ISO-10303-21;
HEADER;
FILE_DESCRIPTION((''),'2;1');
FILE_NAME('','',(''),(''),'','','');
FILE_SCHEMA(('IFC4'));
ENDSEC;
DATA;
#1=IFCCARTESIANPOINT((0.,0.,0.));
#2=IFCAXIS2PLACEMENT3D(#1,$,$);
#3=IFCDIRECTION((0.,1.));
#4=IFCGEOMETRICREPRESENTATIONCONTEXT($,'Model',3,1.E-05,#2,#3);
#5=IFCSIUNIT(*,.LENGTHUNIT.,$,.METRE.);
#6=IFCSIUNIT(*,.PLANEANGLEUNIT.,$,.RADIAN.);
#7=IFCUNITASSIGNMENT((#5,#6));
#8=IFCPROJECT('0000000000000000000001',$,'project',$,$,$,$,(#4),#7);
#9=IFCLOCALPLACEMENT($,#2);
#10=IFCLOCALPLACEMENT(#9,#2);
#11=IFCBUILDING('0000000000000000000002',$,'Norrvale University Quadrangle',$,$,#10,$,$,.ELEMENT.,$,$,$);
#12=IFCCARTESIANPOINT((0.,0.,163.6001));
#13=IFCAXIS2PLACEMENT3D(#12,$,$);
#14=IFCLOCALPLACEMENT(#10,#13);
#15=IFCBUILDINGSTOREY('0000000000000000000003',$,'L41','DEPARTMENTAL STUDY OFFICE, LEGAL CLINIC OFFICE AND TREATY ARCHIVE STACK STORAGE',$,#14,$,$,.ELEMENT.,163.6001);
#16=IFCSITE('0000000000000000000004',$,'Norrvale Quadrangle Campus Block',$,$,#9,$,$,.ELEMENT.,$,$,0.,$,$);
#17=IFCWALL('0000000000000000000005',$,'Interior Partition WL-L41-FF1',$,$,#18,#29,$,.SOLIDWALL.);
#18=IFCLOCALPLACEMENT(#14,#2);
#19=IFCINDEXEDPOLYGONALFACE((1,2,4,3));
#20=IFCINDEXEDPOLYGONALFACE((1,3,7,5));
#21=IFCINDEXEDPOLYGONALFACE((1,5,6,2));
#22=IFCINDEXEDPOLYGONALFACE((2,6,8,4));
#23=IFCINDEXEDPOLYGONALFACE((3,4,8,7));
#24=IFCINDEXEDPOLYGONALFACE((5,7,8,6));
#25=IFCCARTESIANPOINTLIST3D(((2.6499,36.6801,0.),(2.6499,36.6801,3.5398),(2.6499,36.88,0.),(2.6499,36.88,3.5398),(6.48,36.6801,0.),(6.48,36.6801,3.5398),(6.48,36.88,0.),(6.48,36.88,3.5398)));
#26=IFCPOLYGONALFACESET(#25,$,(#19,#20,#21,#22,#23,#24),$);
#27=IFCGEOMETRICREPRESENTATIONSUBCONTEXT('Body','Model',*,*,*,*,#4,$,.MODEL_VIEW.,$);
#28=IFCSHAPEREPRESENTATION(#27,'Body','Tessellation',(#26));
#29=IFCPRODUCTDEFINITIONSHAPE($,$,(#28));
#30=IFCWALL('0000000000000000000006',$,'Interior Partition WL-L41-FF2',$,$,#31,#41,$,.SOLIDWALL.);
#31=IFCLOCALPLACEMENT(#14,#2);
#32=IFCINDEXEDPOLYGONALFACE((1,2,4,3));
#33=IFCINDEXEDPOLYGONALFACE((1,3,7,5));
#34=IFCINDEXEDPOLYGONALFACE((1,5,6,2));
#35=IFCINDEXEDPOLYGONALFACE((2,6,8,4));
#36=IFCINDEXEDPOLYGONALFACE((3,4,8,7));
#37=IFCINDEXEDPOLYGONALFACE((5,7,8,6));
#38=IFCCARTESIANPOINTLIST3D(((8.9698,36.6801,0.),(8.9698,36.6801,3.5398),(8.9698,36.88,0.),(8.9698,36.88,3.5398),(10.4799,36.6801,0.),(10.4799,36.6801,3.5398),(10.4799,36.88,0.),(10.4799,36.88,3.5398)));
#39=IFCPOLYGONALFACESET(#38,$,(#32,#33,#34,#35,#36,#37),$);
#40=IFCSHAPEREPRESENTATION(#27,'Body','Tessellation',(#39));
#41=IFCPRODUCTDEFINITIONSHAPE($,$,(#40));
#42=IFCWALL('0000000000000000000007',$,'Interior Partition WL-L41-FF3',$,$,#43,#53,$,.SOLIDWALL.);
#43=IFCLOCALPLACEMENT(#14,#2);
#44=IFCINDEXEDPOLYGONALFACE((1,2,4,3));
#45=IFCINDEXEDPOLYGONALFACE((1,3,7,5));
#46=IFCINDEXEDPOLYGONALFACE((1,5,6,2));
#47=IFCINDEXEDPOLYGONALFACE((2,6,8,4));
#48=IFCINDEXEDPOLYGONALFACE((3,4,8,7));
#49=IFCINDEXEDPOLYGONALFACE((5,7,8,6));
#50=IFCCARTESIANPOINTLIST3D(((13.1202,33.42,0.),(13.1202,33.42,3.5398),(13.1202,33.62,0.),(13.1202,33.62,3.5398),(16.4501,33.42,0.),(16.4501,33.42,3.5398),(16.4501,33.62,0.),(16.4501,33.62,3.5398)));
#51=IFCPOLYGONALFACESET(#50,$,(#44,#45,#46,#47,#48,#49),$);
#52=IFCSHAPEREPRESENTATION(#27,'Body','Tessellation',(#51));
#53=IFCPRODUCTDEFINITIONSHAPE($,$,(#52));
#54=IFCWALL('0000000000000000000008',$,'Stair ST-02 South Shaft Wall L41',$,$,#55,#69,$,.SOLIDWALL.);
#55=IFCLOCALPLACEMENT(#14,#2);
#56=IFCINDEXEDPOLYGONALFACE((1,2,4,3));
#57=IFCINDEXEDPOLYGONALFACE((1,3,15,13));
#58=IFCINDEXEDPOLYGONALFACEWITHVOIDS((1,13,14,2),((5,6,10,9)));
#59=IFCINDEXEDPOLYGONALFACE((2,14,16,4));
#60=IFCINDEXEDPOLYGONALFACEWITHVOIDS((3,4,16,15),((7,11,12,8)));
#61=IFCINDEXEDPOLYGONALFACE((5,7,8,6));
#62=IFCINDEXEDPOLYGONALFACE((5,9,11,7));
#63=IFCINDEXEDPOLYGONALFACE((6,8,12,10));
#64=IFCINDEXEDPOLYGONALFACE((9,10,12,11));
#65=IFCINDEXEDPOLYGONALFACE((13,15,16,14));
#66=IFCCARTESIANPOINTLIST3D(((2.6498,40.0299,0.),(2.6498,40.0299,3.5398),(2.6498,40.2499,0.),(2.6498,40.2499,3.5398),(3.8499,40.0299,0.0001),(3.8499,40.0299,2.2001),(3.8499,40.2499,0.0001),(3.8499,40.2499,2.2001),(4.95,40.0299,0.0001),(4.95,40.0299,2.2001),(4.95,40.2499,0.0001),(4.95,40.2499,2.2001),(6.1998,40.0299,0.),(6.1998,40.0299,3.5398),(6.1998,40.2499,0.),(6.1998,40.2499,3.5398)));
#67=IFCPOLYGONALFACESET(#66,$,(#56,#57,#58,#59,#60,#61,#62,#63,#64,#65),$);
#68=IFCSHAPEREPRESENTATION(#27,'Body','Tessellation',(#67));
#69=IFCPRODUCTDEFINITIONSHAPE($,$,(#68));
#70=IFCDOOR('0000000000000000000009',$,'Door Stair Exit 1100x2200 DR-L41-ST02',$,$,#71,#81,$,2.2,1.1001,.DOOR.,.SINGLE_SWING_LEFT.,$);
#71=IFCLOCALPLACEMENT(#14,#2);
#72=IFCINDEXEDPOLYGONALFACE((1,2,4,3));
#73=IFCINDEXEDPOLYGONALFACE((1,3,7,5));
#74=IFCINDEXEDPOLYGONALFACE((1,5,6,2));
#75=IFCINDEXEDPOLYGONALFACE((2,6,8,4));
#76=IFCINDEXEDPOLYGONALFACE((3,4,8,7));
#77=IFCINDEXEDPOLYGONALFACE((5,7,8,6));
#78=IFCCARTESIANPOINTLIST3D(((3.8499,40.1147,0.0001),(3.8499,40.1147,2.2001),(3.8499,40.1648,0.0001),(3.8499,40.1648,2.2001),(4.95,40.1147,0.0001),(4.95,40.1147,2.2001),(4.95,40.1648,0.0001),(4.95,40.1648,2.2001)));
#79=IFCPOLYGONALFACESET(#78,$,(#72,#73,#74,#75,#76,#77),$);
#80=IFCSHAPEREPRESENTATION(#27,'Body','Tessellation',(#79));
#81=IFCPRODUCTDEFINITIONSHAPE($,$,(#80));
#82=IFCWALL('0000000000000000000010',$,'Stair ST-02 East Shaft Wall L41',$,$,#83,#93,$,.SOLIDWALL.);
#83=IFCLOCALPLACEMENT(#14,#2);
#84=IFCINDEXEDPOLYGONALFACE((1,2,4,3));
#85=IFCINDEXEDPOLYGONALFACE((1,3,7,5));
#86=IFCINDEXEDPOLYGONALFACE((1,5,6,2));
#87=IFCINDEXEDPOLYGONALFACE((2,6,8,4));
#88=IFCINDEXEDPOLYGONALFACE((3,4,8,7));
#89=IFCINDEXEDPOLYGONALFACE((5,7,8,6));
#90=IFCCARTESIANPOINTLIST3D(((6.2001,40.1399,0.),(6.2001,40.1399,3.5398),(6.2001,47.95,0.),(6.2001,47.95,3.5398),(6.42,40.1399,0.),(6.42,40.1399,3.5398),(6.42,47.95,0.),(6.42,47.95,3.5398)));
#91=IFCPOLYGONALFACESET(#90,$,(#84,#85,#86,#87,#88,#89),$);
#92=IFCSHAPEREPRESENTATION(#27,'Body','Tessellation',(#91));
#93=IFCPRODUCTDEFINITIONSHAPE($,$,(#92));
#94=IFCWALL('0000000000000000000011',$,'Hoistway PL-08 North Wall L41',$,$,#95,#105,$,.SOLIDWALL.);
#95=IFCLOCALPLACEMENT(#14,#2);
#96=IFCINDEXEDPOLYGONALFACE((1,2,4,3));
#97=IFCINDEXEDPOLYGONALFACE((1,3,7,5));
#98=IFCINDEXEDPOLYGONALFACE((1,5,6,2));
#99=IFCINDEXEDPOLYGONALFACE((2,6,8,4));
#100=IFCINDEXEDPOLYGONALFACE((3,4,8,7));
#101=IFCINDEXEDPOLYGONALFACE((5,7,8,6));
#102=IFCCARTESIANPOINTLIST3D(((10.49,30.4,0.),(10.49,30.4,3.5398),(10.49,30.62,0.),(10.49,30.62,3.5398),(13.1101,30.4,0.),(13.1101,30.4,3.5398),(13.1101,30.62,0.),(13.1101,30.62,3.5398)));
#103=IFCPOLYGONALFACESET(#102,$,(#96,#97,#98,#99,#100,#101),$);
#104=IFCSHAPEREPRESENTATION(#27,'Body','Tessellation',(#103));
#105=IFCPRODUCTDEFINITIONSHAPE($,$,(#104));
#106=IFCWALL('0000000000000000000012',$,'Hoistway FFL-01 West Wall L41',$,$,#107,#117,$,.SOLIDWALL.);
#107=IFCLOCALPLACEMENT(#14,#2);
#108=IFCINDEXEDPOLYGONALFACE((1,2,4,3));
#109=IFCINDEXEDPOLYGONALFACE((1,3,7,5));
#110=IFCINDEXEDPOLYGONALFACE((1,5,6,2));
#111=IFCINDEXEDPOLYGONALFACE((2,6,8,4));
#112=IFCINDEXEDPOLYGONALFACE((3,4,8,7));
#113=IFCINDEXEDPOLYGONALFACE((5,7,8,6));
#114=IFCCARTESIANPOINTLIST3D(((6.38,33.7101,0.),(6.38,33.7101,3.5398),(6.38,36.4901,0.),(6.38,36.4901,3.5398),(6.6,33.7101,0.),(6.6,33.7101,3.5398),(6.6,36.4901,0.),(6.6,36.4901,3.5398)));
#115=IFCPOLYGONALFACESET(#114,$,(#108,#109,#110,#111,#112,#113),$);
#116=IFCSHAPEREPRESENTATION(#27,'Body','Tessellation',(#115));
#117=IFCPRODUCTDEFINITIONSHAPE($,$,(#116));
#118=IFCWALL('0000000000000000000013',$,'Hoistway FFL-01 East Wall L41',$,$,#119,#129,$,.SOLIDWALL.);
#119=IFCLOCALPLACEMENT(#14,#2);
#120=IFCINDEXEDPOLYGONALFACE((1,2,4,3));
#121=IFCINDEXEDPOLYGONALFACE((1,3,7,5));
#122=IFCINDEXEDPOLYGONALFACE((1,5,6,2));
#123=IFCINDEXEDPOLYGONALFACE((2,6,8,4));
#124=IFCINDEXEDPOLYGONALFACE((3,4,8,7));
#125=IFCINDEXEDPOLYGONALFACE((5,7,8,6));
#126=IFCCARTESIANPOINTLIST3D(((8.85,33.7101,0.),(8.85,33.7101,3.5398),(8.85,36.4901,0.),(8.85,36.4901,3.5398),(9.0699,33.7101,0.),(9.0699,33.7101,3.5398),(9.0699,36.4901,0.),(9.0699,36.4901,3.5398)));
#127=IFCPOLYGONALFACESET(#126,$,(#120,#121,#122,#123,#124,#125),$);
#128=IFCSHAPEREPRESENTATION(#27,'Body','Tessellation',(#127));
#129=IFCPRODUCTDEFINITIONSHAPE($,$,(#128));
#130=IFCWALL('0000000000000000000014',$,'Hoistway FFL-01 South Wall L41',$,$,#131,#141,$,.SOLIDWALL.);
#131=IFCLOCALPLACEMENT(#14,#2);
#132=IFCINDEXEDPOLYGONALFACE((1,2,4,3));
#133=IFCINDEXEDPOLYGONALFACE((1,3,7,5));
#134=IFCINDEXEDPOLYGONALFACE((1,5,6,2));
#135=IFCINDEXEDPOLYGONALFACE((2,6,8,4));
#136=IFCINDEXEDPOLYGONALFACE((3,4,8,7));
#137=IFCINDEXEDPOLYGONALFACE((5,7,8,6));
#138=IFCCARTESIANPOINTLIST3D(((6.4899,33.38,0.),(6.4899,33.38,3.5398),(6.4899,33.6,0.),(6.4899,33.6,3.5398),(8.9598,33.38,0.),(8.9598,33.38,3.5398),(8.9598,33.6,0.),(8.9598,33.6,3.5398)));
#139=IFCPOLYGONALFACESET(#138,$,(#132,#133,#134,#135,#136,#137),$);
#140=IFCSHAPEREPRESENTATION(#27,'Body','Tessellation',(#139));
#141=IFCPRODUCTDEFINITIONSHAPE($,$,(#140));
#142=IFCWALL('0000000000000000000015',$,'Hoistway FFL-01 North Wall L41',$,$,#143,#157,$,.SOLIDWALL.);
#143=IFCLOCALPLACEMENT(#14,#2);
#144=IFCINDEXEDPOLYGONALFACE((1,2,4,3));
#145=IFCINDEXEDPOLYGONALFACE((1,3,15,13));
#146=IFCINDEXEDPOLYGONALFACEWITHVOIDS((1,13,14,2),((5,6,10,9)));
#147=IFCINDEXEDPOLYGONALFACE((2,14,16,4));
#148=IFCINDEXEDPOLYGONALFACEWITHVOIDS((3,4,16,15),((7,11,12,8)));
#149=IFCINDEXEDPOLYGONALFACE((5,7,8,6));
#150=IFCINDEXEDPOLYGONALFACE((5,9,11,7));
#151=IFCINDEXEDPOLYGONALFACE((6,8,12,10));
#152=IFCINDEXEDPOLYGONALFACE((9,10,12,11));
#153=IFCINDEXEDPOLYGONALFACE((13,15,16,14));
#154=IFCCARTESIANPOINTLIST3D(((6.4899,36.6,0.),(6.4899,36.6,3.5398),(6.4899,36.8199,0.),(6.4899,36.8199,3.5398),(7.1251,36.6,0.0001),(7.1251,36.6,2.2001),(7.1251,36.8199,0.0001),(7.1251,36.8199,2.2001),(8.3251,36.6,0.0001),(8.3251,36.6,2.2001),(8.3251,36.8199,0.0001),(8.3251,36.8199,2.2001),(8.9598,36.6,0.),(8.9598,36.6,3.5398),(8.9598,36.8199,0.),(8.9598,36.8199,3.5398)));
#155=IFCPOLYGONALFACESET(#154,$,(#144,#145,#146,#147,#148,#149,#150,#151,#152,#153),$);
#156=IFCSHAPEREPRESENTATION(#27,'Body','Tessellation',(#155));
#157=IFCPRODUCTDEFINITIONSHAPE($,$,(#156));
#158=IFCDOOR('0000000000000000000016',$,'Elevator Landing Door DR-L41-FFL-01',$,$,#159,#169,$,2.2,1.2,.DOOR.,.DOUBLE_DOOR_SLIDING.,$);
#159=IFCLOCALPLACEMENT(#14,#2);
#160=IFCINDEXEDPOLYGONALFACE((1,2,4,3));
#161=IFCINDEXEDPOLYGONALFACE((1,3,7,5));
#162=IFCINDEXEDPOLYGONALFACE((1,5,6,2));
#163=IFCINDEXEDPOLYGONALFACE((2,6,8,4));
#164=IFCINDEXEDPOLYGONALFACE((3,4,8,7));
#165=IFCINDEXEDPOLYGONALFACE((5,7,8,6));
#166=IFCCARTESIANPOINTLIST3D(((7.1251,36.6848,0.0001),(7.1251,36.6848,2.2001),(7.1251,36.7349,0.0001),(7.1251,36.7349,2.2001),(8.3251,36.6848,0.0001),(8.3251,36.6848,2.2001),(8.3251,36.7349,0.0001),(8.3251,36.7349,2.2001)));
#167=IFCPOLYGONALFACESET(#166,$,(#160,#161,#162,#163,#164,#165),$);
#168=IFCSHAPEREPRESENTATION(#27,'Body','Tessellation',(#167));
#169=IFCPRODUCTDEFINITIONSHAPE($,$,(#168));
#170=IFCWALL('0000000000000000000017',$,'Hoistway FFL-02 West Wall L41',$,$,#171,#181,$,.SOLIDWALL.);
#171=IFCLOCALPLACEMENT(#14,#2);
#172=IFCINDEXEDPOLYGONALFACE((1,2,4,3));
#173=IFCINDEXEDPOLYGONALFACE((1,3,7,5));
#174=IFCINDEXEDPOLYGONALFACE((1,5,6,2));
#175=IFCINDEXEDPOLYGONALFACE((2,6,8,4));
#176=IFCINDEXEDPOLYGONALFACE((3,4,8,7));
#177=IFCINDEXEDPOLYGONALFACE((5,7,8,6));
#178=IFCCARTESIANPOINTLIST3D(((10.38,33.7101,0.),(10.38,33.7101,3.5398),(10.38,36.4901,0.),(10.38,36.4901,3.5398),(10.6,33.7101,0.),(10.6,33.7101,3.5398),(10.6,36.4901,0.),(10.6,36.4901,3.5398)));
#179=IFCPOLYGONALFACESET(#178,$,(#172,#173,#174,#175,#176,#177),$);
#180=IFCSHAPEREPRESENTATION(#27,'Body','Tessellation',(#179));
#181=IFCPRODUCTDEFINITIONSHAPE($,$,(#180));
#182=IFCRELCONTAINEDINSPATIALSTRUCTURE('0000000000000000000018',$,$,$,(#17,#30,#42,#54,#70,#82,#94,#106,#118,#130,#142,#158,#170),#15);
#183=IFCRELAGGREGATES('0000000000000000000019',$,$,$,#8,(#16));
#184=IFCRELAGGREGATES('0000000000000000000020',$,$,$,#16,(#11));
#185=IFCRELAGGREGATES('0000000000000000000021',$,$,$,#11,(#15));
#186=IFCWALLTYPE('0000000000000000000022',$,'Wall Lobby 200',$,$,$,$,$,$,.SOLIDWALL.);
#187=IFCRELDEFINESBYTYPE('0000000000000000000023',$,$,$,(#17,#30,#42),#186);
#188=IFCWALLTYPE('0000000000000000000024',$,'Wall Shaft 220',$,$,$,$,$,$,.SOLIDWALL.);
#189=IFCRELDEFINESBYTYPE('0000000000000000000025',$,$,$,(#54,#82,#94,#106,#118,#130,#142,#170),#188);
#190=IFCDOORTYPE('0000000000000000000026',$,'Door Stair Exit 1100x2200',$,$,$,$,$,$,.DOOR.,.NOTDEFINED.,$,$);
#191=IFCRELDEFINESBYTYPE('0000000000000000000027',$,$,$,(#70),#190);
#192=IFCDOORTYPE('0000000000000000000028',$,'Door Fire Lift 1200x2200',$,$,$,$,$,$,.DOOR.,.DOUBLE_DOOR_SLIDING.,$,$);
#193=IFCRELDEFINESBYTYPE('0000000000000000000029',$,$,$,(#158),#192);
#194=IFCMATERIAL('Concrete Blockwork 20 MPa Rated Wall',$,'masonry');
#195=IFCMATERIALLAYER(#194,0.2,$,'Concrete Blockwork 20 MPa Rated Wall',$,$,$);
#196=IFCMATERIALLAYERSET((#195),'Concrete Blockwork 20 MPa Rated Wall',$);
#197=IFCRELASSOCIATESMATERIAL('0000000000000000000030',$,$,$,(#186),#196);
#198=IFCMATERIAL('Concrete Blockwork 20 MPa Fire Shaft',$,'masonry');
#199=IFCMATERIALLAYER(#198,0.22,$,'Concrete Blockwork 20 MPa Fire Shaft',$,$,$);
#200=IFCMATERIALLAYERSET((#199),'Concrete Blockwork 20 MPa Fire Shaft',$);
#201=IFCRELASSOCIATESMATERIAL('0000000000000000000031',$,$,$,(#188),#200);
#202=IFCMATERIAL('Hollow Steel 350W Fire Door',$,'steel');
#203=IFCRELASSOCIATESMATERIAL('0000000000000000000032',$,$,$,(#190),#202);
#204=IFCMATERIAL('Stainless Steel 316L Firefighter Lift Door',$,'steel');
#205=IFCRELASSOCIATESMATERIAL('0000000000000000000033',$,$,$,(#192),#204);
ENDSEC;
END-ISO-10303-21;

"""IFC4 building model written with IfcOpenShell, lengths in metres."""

from ifc_helpers import new_model, si_unit, direction, frame, frame_2d, origin, place, context, subcontext, project, spatial, rectangle, extrude, material, layer, layer_set, type_object, element, fill, save


model = new_model("IFC4")

# Units and contexts
model_context = context("Model", 3, precision=1e-05, world=origin(), true_north=direction((0.0, 1.0)))
body_context = subcontext(model_context, "Body", "Model", "MODEL_VIEW")
ifc_project = project(units=[si_unit("LENGTHUNIT", "METRE"), si_unit("PLANEANGLEUNIT", "RADIAN")], contexts=[model_context])

# Site, building, storey
site_placement = place(None, origin())
site = spatial("IfcSite", under=ifc_project, at=site_placement, Name="Norrvale Quadrangle Campus Block", CompositionType="ELEMENT", RefElevation=0.0)
building_placement = place(site_placement, origin())
building = spatial("IfcBuilding", under=site, at=building_placement, Name="Norrvale University Quadrangle", CompositionType="ELEMENT")
storey_placement = place(building_placement, frame((0.0, 0.0, 163.6001)))
storey = spatial("IfcBuildingStorey", under=building, at=storey_placement, Name="L41", Description="DEPARTMENTAL STUDY OFFICE, LEGAL CLINIC OFFICE AND TREATY ARCHIVE STACK STORAGE", CompositionType="ELEMENT", Elevation=163.6001)

# Walls
ifc_material_1 = material(Name="Concrete Blockwork 20 MPa Rated Wall", Category="masonry")
ifc_layer_1 = layer(ifc_material_1, 0.2, Name="Concrete Blockwork 20 MPa Rated Wall")
ifc_layer_set_1 = layer_set([ifc_layer_1], Name="Concrete Blockwork 20 MPa Rated Wall")
wall_type_1 = type_object("IfcWallType", Name="Wall Lobby 200", PredefinedType="SOLIDWALL", material=ifc_layer_set_1)
wall_1_placement = place(storey_placement, frame((2.6499, 36.78, 0.0), z_axis=(0.0, 0.0, 1.0), x_axis=(1.0, 0.0, 0.0)))
element("IfcWall", 1, at=wall_1_placement, inside=storey, type_object=wall_type_1, Name="Interior Partition WL-L41-FF1", PredefinedType="SOLIDWALL", context=body_context, shape_type="SweptSolid", body=[
    extrude(rectangle(XDim=3.8301, YDim=0.2, at=frame_2d((1.915, 0.0))), origin(), (0.0, 0.0, 1.0), 3.5398),
])
wall_2_placement = place(storey_placement, frame((8.97, 36.78, 0.0), z_axis=(0.0, 0.0, 1.0), x_axis=(1.0, 0.0, 0.0)))
element("IfcWall", 2, at=wall_2_placement, inside=storey, type_object=wall_type_1, Name="Interior Partition WL-L41-FF2", PredefinedType="SOLIDWALL", context=body_context, shape_type="SweptSolid", body=[
    extrude(rectangle(XDim=1.51, YDim=0.2, at=frame_2d((0.7549, 0.0))), origin(), (0.0, 0.0, 1.0), 3.5398),
])
wall_3_placement = place(storey_placement, frame((13.1201, 33.52, 0.0), z_axis=(0.0, 0.0, 1.0), x_axis=(1.0, 0.0, 0.0)))
element("IfcWall", 3, at=wall_3_placement, inside=storey, type_object=wall_type_1, Name="Interior Partition WL-L41-FF3", PredefinedType="SOLIDWALL", context=body_context, shape_type="SweptSolid", body=[
    extrude(rectangle(XDim=3.3298, YDim=0.2, at=frame_2d((1.665, 0.0))), origin(), (0.0, 0.0, 1.0), 3.5398),
])

# Wall, opening, door
ifc_material_2 = material(Name="Concrete Blockwork 20 MPa Fire Shaft", Category="masonry")
ifc_layer_2 = layer(ifc_material_2, 0.22, Name="Concrete Blockwork 20 MPa Fire Shaft")
ifc_layer_set_2 = layer_set([ifc_layer_2], Name="Concrete Blockwork 20 MPa Fire Shaft")
wall_type_2 = type_object("IfcWallType", Name="Wall Shaft 220", PredefinedType="SOLIDWALL", material=ifc_layer_set_2)
wall_4_placement = place(storey_placement, frame((2.6499, 40.1399, 0.0), z_axis=(0.0, 0.0, 1.0), x_axis=(1.0, 0.0, 0.0)))
wall_4 = element("IfcWall", 4, at=wall_4_placement, inside=storey, type_object=wall_type_2, Name="Stair ST-02 South Shaft Wall L41", PredefinedType="SOLIDWALL", context=body_context, shape_type="SweptSolid", body=[
    extrude(rectangle(XDim=3.55, YDim=0.22, at=frame_2d((1.7749, 0.0))), origin(), (0.0, 0.0, 1.0), 3.5398),
])
opening_1_placement = place(wall_4_placement, frame((1.2, 0.0, 0.0)))
opening_1 = element("IfcOpeningElement", 5, at=opening_1_placement, cuts=wall_4, PredefinedType="OPENING", context=body_context, shape_type="SweptSolid", body=[
    extrude(rectangle(XDim=1.1001, YDim=2.2, at=frame_2d((0.55, 1.1001))), frame((0.0, 0.1221, 0.0), z_axis=(0.0, -1.0, 0.0), x_axis=(1.0, 0.0, 0.0)), (0.0, 0.0, 1.0), 0.2439),
])
ifc_material_3 = material(Name="Hollow Steel 350W Fire Door", Category="steel")
door_type_1 = type_object("IfcDoorType", Name="Door Stair Exit 1100x2200", OperationType="NOTDEFINED", PredefinedType="DOOR", material=ifc_material_3)
door_1_placement = place(opening_1_placement, origin())
door_1 = element("IfcDoor", 6, at=door_1_placement, inside=storey, type_object=door_type_1, Name="Door Stair Exit 1100x2200 DR-L41-ST02", OperationType="SINGLE_SWING_LEFT", OverallHeight=2.2, OverallWidth=1.1001, PredefinedType="DOOR", context=body_context, shape_type="SweptSolid", body=[
    extrude(rectangle(XDim=1.1001, YDim=2.2, at=frame_2d((0.55, 1.1001))), frame((0.0, 0.0249, 0.0), z_axis=(0.0, -1.0, 0.0), x_axis=(1.0, 0.0, 0.0)), (0.0, 0.0, 1.0), 0.05),
])
fill(opening_1, door_1)

# Walls
wall_5_placement = place(storey_placement, frame((6.3101, 40.1399, 0.0), z_axis=(0.0, 0.0, 1.0), x_axis=(0.0, 1.0, 0.0)))
element("IfcWall", 7, at=wall_5_placement, inside=storey, type_object=wall_type_2, Name="Stair ST-02 East Shaft Wall L41", PredefinedType="SOLIDWALL", context=body_context, shape_type="SweptSolid", body=[
    extrude(rectangle(XDim=7.8101, YDim=0.22, at=frame_2d((3.905, 0.0))), origin(), (0.0, 0.0, 1.0), 3.5398),
])
wall_6_placement = place(storey_placement, frame((10.49, 30.51, 0.0), z_axis=(0.0, 0.0, 1.0), x_axis=(1.0, 0.0, 0.0)))
element("IfcWall", 8, at=wall_6_placement, inside=storey, type_object=wall_type_2, Name="Hoistway PL-08 North Wall L41", PredefinedType="SOLIDWALL", context=body_context, shape_type="SweptSolid", body=[
    extrude(rectangle(XDim=2.6201, YDim=0.22, at=frame_2d((1.3101, 0.0))), origin(), (0.0, 0.0, 1.0), 3.5398),
])
for number, where, z_axis, x_axis, name in (
    (9, (6.49, 33.71, 0.0), (0.0, 0.0, 1.0), (0.0, 1.0, 0.0), "Hoistway FFL-01 West Wall L41"),
    (10, (8.96, 33.71, 0.0), (0.0, 0.0, 1.0), (0.0, 1.0, 0.0), "Hoistway FFL-01 East Wall L41"),
):
    element("IfcWall", number, at=place(storey_placement, frame(where, z_axis=z_axis, x_axis=x_axis)), inside=storey, type_object=wall_type_2, Name=name, PredefinedType="SOLIDWALL", context=body_context, shape_type="SweptSolid", body=[
        extrude(rectangle(XDim=2.78, YDim=0.22, at=frame_2d((1.3901, 0.0))), origin(), (0.0, 0.0, 1.0), 3.5398),
    ])
wall_7_placement = place(storey_placement, frame((6.49, 33.49, 0.0), z_axis=(0.0, 0.0, 1.0), x_axis=(1.0, 0.0, 0.0)))
element("IfcWall", 11, at=wall_7_placement, inside=storey, type_object=wall_type_2, Name="Hoistway FFL-01 South Wall L41", PredefinedType="SOLIDWALL", context=body_context, shape_type="SweptSolid", body=[
    extrude(rectangle(XDim=2.47, YDim=0.22, at=frame_2d((1.2349, 0.0))), origin(), (0.0, 0.0, 1.0), 3.5398),
])

# Wall, opening, door
wall_8_placement = place(storey_placement, frame((6.49, 36.71, 0.0), z_axis=(0.0, 0.0, 1.0), x_axis=(1.0, 0.0, 0.0)))
wall_8 = element("IfcWall", 12, at=wall_8_placement, inside=storey, type_object=wall_type_2, Name="Hoistway FFL-01 North Wall L41", PredefinedType="SOLIDWALL", context=body_context, shape_type="SweptSolid", body=[
    extrude(rectangle(XDim=2.47, YDim=0.22, at=frame_2d((1.2349, 0.0))), origin(), (0.0, 0.0, 1.0), 3.5398),
])
opening_2_placement = place(wall_8_placement, frame((0.635, 0.0, 0.0)))
opening_2 = element("IfcOpeningElement", 13, at=opening_2_placement, cuts=wall_8, PredefinedType="OPENING", context=body_context, shape_type="SweptSolid", body=[
    extrude(rectangle(XDim=1.2, YDim=2.2, at=frame_2d((0.6001, 1.1001))), frame((0.0, 0.1221, 0.0), z_axis=(0.0, -1.0, 0.0), x_axis=(1.0, 0.0, 0.0)), (0.0, 0.0, 1.0), 0.2439),
])
ifc_material_4 = material(Name="Stainless Steel 316L Firefighter Lift Door", Category="steel")
door_type_2 = type_object("IfcDoorType", Name="Door Fire Lift 1200x2200", OperationType="DOUBLE_DOOR_SLIDING", PredefinedType="DOOR", material=ifc_material_4)
door_2_placement = place(opening_2_placement, origin())
door_2 = element("IfcDoor", 14, at=door_2_placement, inside=storey, type_object=door_type_2, Name="Elevator Landing Door DR-L41-FFL-01", OperationType="DOUBLE_DOOR_SLIDING", OverallHeight=2.2, OverallWidth=1.2, PredefinedType="DOOR", context=body_context, shape_type="SweptSolid", body=[
    extrude(rectangle(XDim=1.2, YDim=2.2, at=frame_2d((0.6001, 1.1001))), frame((0.0, 0.0249, 0.0), z_axis=(0.0, -1.0, 0.0), x_axis=(1.0, 0.0, 0.0)), (0.0, 0.0, 1.0), 0.05),
])
fill(opening_2, door_2)

# Wall
for number, where, z_axis, x_axis, name in (
    (15, (10.49, 33.71, 0.0), (0.0, 0.0, 1.0), (0.0, 1.0, 0.0), "Hoistway FFL-02 West Wall L41"),
):
    element("IfcWall", number, at=place(storey_placement, frame(where, z_axis=z_axis, x_axis=x_axis)), inside=storey, type_object=wall_type_2, Name=name, PredefinedType="SOLIDWALL", context=body_context, shape_type="SweptSolid", body=[
        extrude(rectangle(XDim=2.78, YDim=0.22, at=frame_2d((1.3901, 0.0))), origin(), (0.0, 0.0, 1.0), 3.5398),
    ])

save(model, "model.ifc")
